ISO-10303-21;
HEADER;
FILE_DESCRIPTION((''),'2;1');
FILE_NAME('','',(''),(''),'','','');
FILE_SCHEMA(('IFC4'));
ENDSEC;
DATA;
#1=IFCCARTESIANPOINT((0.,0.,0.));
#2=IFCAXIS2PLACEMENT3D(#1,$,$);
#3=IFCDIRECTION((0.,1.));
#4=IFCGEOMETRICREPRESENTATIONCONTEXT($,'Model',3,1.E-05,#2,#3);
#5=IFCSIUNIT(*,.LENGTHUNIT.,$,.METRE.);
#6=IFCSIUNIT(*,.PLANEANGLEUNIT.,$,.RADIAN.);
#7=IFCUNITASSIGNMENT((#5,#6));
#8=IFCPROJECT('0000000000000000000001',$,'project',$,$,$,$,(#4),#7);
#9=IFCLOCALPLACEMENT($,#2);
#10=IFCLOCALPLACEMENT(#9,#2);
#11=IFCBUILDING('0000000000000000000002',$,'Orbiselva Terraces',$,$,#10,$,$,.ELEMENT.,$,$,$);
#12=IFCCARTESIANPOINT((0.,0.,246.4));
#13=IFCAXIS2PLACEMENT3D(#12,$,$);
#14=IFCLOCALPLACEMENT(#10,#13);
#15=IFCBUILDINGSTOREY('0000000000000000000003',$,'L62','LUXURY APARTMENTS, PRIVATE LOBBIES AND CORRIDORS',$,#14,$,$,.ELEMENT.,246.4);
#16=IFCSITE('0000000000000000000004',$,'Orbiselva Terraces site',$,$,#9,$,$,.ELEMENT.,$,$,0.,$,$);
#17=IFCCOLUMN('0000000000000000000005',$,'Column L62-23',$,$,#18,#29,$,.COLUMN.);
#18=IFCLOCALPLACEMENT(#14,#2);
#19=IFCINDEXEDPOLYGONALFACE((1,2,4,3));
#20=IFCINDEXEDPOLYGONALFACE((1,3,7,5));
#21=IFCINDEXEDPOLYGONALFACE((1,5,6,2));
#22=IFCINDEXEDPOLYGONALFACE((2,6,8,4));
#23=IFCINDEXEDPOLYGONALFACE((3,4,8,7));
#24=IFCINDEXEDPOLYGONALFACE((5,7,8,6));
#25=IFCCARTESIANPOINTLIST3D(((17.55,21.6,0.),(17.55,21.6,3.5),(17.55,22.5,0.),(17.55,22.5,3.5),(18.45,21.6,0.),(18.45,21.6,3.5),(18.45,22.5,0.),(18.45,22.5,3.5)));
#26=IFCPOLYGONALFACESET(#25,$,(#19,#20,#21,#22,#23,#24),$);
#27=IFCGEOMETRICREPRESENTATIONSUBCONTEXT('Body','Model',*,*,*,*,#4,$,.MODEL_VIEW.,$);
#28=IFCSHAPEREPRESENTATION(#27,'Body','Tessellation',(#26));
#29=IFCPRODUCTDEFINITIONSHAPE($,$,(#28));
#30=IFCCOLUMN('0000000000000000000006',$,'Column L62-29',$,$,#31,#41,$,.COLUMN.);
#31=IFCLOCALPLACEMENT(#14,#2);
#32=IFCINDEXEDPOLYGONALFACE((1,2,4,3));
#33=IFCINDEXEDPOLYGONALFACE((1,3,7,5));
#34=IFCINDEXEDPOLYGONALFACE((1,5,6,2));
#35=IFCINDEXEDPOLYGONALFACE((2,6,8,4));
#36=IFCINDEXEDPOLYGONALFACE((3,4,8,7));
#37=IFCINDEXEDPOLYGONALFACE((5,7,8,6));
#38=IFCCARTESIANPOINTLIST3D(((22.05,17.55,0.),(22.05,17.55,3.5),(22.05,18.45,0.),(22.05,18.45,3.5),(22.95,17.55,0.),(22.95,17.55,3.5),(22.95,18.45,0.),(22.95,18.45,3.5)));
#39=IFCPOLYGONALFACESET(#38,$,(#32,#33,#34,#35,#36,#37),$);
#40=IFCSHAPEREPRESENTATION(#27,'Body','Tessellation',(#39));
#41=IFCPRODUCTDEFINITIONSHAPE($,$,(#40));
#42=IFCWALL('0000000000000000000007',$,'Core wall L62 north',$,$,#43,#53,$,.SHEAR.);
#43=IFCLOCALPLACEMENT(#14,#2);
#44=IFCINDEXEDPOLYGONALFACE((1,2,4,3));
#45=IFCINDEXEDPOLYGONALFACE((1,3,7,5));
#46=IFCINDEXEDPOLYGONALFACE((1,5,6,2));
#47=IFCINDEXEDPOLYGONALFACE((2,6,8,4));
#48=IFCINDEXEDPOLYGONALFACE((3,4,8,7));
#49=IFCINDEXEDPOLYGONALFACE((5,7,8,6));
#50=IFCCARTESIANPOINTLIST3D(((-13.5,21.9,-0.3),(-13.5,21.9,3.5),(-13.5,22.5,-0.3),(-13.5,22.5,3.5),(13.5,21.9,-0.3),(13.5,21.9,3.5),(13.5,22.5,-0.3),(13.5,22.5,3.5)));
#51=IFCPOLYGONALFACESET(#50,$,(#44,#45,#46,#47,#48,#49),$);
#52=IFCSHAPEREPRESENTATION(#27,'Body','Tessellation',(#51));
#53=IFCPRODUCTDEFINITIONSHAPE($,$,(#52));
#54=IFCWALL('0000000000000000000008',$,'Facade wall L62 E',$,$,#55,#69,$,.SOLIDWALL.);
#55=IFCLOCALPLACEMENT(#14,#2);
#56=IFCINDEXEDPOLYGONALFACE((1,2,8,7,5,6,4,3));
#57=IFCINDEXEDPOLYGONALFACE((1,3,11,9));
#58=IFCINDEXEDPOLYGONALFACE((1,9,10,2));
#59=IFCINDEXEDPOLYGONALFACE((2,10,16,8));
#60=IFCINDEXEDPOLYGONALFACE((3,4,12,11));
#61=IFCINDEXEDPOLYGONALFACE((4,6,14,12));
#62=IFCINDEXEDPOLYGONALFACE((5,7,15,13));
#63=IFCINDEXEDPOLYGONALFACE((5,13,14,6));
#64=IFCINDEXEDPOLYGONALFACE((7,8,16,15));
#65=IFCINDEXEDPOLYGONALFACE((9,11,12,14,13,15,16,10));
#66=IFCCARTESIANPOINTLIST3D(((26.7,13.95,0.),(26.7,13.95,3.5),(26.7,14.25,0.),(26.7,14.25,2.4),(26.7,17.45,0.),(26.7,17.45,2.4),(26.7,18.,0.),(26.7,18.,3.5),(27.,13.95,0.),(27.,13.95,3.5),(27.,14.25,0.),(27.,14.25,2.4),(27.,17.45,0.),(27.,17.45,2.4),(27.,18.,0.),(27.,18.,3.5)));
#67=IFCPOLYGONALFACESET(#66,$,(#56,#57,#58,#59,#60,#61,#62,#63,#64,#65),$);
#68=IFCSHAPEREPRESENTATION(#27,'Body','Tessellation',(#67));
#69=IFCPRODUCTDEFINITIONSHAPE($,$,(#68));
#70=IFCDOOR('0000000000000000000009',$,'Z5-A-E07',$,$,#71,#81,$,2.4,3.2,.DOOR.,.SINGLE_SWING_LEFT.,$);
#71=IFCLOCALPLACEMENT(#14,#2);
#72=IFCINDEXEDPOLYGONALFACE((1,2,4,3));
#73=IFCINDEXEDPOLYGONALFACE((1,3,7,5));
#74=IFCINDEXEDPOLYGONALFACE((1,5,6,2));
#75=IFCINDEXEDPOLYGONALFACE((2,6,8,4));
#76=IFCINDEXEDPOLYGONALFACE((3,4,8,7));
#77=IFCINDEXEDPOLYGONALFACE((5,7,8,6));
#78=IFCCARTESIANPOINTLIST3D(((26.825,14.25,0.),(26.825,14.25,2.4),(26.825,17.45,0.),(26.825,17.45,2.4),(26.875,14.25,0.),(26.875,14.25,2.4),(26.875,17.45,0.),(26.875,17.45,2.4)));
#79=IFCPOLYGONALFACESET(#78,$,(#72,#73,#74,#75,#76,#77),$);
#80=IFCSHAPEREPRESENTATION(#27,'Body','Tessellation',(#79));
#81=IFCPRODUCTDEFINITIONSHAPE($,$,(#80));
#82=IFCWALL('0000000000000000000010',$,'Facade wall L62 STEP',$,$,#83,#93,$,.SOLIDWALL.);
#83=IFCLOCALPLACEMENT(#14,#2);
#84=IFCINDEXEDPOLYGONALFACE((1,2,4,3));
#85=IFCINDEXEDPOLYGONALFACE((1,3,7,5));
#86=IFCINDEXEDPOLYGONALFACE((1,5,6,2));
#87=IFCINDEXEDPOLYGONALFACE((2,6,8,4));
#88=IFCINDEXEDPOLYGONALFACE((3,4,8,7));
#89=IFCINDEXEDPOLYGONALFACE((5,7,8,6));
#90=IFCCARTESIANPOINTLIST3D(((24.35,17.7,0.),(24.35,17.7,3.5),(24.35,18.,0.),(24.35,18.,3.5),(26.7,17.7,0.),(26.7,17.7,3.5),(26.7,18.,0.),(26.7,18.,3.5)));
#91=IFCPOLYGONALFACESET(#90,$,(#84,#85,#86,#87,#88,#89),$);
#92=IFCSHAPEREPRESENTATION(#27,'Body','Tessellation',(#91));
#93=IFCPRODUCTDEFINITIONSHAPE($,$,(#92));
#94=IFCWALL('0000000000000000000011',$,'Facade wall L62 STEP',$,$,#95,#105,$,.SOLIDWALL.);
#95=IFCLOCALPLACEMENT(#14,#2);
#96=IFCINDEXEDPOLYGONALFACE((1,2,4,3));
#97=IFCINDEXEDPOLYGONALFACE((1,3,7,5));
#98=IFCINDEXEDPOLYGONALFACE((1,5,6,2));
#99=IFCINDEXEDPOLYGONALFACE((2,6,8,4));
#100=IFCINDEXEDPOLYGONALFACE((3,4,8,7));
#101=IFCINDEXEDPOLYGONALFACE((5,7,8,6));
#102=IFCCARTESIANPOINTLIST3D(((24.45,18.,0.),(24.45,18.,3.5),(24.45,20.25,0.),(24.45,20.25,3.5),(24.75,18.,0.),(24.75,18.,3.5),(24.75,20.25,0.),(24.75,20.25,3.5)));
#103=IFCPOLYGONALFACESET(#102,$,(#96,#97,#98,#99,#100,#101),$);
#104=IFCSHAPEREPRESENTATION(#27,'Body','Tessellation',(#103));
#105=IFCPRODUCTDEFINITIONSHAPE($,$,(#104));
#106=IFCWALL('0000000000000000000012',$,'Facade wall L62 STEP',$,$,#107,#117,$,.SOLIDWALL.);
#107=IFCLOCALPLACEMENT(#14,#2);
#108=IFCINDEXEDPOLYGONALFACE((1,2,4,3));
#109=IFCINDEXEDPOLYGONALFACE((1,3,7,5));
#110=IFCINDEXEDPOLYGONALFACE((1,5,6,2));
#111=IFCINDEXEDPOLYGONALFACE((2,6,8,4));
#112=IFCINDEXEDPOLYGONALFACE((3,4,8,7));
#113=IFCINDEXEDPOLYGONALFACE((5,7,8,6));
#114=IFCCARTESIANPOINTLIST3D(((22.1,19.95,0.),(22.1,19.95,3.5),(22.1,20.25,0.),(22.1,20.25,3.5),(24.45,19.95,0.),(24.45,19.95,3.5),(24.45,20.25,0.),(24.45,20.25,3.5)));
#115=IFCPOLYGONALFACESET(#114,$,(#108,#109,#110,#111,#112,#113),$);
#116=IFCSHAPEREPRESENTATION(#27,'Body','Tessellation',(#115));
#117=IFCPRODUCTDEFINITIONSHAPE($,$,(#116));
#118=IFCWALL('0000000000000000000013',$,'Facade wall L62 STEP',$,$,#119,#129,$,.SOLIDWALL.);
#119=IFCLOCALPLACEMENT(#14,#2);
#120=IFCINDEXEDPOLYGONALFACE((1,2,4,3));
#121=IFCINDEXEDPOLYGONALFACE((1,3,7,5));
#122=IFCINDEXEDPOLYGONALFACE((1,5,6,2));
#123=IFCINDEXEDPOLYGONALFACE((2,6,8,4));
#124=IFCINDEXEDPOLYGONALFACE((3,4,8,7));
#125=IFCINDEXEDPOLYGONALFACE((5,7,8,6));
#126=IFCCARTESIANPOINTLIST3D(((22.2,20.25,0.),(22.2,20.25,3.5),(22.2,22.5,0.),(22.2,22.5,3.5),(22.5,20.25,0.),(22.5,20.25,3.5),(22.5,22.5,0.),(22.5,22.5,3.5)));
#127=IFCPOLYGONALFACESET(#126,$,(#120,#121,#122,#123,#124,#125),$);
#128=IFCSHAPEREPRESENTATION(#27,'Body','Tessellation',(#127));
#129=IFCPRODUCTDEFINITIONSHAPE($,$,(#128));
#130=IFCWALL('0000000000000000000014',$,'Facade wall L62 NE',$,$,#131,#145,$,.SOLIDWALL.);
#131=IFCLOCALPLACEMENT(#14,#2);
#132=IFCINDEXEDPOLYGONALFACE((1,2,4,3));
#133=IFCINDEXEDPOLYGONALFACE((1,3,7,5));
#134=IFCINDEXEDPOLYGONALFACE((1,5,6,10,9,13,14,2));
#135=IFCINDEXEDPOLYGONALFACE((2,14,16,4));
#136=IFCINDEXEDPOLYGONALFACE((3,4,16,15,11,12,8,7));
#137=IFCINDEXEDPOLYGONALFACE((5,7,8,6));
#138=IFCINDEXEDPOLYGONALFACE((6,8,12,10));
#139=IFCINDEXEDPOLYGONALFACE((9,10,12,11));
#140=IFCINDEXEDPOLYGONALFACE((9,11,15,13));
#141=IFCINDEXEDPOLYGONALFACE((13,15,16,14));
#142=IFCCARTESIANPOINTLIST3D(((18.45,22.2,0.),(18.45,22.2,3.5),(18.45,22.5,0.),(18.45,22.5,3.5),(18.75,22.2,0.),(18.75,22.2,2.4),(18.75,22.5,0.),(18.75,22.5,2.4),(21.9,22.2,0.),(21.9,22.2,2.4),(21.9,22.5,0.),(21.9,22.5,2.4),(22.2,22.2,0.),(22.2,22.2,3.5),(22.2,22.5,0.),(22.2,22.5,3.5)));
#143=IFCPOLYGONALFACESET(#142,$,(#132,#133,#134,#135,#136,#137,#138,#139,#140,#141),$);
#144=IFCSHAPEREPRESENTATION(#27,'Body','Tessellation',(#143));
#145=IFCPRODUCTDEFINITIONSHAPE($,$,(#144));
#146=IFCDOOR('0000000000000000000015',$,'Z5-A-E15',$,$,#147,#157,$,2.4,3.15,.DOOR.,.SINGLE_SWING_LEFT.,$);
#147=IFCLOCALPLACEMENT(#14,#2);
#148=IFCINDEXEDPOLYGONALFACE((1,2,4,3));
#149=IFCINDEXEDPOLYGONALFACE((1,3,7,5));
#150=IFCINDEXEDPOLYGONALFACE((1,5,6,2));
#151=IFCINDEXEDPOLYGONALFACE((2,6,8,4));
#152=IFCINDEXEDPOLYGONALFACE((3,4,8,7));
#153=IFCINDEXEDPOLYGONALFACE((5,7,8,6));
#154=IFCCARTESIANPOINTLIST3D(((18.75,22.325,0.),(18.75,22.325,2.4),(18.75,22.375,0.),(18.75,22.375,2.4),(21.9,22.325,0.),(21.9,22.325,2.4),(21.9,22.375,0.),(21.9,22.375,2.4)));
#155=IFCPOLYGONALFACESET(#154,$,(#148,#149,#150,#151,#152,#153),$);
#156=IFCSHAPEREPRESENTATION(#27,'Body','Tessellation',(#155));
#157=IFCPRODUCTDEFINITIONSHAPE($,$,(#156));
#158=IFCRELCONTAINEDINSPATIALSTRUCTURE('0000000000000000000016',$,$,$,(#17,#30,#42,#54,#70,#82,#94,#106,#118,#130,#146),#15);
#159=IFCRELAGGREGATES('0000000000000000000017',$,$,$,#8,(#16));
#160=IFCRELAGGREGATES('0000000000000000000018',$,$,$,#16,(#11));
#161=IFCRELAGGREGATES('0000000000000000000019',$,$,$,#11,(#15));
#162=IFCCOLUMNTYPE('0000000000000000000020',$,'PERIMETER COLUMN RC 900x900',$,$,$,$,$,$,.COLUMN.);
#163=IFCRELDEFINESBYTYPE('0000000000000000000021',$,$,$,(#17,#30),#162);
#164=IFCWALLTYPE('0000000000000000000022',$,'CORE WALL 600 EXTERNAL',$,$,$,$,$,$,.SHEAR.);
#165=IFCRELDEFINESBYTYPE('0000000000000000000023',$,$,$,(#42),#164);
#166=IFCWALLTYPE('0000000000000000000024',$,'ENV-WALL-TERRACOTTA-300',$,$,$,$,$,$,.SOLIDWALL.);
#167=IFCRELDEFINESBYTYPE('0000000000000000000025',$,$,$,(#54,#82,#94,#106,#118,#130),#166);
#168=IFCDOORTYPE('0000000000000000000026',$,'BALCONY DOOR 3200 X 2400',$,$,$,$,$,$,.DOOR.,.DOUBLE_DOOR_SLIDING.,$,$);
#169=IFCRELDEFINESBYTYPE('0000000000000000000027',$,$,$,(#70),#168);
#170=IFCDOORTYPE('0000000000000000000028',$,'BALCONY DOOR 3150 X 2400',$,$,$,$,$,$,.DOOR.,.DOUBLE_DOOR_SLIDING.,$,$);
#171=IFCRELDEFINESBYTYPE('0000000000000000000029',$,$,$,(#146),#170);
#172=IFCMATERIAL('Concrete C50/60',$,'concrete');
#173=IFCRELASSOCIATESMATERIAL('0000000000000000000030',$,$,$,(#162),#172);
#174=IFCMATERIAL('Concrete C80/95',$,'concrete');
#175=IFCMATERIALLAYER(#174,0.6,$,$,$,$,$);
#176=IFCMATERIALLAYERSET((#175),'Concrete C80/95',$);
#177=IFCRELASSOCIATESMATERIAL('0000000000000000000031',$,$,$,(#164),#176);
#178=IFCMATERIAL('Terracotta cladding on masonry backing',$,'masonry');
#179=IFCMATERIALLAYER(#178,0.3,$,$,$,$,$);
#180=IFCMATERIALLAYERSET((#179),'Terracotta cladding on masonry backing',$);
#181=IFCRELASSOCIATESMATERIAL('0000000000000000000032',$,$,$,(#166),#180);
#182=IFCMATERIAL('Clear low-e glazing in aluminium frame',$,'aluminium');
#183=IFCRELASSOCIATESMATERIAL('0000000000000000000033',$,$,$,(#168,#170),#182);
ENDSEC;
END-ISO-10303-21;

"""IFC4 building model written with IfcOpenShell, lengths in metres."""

from ifc_helpers import new_model, si_unit, direction, frame, frame_2d, origin, origin_2d, place, context, subcontext, project, spatial, rectangle, extrude, material, layer, layer_set, material_profile, profile_set, type_object, element, fill, save


model = new_model("IFC4")

# Units and contexts
model_context = context("Model", 3, precision=1e-05, world=origin(), true_north=direction((0.0, 1.0)))
body_context = subcontext(model_context, "Body", "Model", "MODEL_VIEW")
ifc_project = project(units=[si_unit("LENGTHUNIT", "METRE"), si_unit("PLANEANGLEUNIT", "RADIAN")], contexts=[model_context])

# Site, building, storey
site_placement = place(None, origin())
site = spatial("IfcSite", under=ifc_project, at=site_placement, Name="Orbiselva Terraces site", CompositionType="ELEMENT", RefElevation=0.0)
building_placement = place(site_placement, origin())
building = spatial("IfcBuilding", under=site, at=building_placement, Name="Orbiselva Terraces", CompositionType="ELEMENT")
storey_placement = place(building_placement, frame((0.0, 0.0, 246.4)))
storey = spatial("IfcBuildingStorey", under=building, at=storey_placement, Name="L62", Description="LUXURY APARTMENTS, PRIVATE LOBBIES AND CORRIDORS", CompositionType="ELEMENT", Elevation=246.4)

# Columns
ifc_material_1 = material(Name="Concrete C50/60", Category="concrete")
ifc_material_profile = material_profile(ifc_material_1, rectangle(XDim=0.9, YDim=0.9, at=origin_2d()), Name="RC 900x900")
ifc_profile_set = profile_set([ifc_material_profile], Name="Concrete C50/60")
column_type = type_object("IfcColumnType", Name="PERIMETER COLUMN RC 900x900", PredefinedType="COLUMN", material=ifc_profile_set)
for number, where, z_axis, x_axis, name in (
    (1, (18.0, 22.05, 0.0), (0.0, 0.0, 1.0), (1.0, 0.0, 0.0), "Column L62-23"),
    (2, (22.5, 18.0, 0.0), (0.0, 0.0, 1.0), (1.0, 0.0, 0.0), "Column L62-29"),
):
    element("IfcColumn", number, at=place(storey_placement, frame(where, z_axis=z_axis, x_axis=x_axis)), inside=storey, type_object=column_type, Name=name, PredefinedType="COLUMN", context=body_context, shape_type="SweptSolid", body=[
        extrude(rectangle(XDim=0.9, YDim=0.9, at=origin_2d()), origin(), (0.0, 0.0, 1.0), 3.5),
    ])

# Wall
ifc_material_2 = material(Name="Concrete C80/95", Category="concrete")
ifc_layer_1 = layer(ifc_material_2, 0.6)
ifc_layer_set_1 = layer_set([ifc_layer_1], Name="Concrete C80/95")
wall_type_1 = type_object("IfcWallType", Name="CORE WALL 600 EXTERNAL", PredefinedType="SHEAR", material=ifc_layer_set_1)
wall_1_placement = place(storey_placement, frame((13.5, 22.2, -0.3), z_axis=(0.0, 0.0, 1.0), x_axis=(-1.0, 0.0, 0.0)))
element("IfcWall", 3, at=wall_1_placement, inside=storey, type_object=wall_type_1, Name="Core wall L62 north", PredefinedType="SHEAR", context=body_context, shape_type="SweptSolid", body=[
    extrude(rectangle(XDim=27.0, YDim=0.6, at=frame_2d((13.5, 0.0))), origin(), (0.0, 0.0, 1.0), 3.8),
])

# Wall, opening, door
ifc_material_3 = material(Name="Terracotta cladding on masonry backing", Category="masonry")
ifc_layer_2 = layer(ifc_material_3, 0.3)
ifc_layer_set_2 = layer_set([ifc_layer_2], Name="Terracotta cladding on masonry backing")
wall_type_2 = type_object("IfcWallType", Name="ENV-WALL-TERRACOTTA-300", PredefinedType="SOLIDWALL", material=ifc_layer_set_2)
wall_2_placement = place(storey_placement, frame((26.85, 18.0, 0.0), z_axis=(0.0, 0.0, 1.0), x_axis=(0.0, -1.0, 0.0)))
wall_2 = element("IfcWall", 4, at=wall_2_placement, inside=storey, type_object=wall_type_2, Name="Facade wall L62 E", PredefinedType="SOLIDWALL", context=body_context, shape_type="SweptSolid", body=[
    extrude(rectangle(XDim=4.05, YDim=0.3, at=frame_2d((2.025, 0.0))), origin(), (0.0, 0.0, 1.0), 3.5),
])
opening_1_placement = place(wall_2_placement, frame((0.55, 0.0, 0.0)))
opening_1 = element("IfcOpeningElement", 5, at=opening_1_placement, cuts=wall_2, PredefinedType="OPENING", context=body_context, shape_type="SweptSolid", body=[
    extrude(rectangle(XDim=3.2, YDim=2.4, at=frame_2d((1.6, 1.2))), frame((0.0, 0.16, 0.0), z_axis=(0.0, -1.0, 0.0), x_axis=(1.0, 0.0, 0.0)), (0.0, 0.0, 1.0), 0.32),
])
ifc_material_4 = material(Name="Clear low-e glazing in aluminium frame", Category="aluminium")
door_type_1 = type_object("IfcDoorType", Name="BALCONY DOOR 3200 X 2400", OperationType="DOUBLE_DOOR_SLIDING", PredefinedType="DOOR", material=ifc_material_4)
door_1_placement = place(opening_1_placement, origin())
door_1 = element("IfcDoor", 6, at=door_1_placement, inside=storey, type_object=door_type_1, Name="Z5-A-E07", OperationType="SINGLE_SWING_LEFT", OverallHeight=2.4, OverallWidth=3.2, PredefinedType="DOOR", context=body_context, shape_type="SweptSolid", body=[
    extrude(rectangle(XDim=3.2, YDim=2.4, at=frame_2d((1.6, 1.2))), frame((0.0, 0.025, 0.0), z_axis=(0.0, -1.0, 0.0), x_axis=(1.0, 0.0, 0.0)), (0.0, 0.0, 1.0), 0.05),
])
fill(opening_1, door_1)

# Walls
wall_3_placement = place(storey_placement, frame((24.35, 17.85, 0.0), z_axis=(0.0, 0.0, 1.0), x_axis=(1.0, 0.0, 0.0)))
element("IfcWall", 7, at=wall_3_placement, inside=storey, type_object=wall_type_2, Name="Facade wall L62 STEP", PredefinedType="SOLIDWALL", context=body_context, shape_type="SweptSolid", body=[
    extrude(rectangle(XDim=2.35, YDim=0.3, at=frame_2d((1.175, 0.0))), origin(), (0.0, 0.0, 1.0), 3.5),
])
wall_4_placement = place(storey_placement, frame((24.6, 20.25, 0.0), z_axis=(0.0, 0.0, 1.0), x_axis=(0.0, -1.0, 0.0)))
element("IfcWall", 8, at=wall_4_placement, inside=storey, type_object=wall_type_2, Name="Facade wall L62 STEP", PredefinedType="SOLIDWALL", context=body_context, shape_type="SweptSolid", body=[
    extrude(rectangle(XDim=2.25, YDim=0.3, at=frame_2d((1.125, 0.0))), origin(), (0.0, 0.0, 1.0), 3.5),
])
wall_5_placement = place(storey_placement, frame((22.1, 20.1, 0.0), z_axis=(0.0, 0.0, 1.0), x_axis=(1.0, 0.0, 0.0)))
element("IfcWall", 9, at=wall_5_placement, inside=storey, type_object=wall_type_2, Name="Facade wall L62 STEP", PredefinedType="SOLIDWALL", context=body_context, shape_type="SweptSolid", body=[
    extrude(rectangle(XDim=2.35, YDim=0.3, at=frame_2d((1.175, 0.0))), origin(), (0.0, 0.0, 1.0), 3.5),
])
wall_6_placement = place(storey_placement, frame((22.35, 22.5, 0.0), z_axis=(0.0, 0.0, 1.0), x_axis=(0.0, -1.0, 0.0)))
element("IfcWall", 10, at=wall_6_placement, inside=storey, type_object=wall_type_2, Name="Facade wall L62 STEP", PredefinedType="SOLIDWALL", context=body_context, shape_type="SweptSolid", body=[
    extrude(rectangle(XDim=2.25, YDim=0.3, at=frame_2d((1.125, 0.0))), origin(), (0.0, 0.0, 1.0), 3.5),
])

# Wall, opening, door
wall_7_placement = place(storey_placement, frame((18.45, 22.35, 0.0), z_axis=(0.0, 0.0, 1.0), x_axis=(1.0, 0.0, 0.0)))
wall_7 = element("IfcWall", 11, at=wall_7_placement, inside=storey, type_object=wall_type_2, Name="Facade wall L62 NE", PredefinedType="SOLIDWALL", context=body_context, shape_type="SweptSolid", body=[
    extrude(rectangle(XDim=3.75, YDim=0.3, at=frame_2d((1.875, 0.0))), origin(), (0.0, 0.0, 1.0), 3.5),
])
opening_2_placement = place(wall_7_placement, frame((0.3, 0.0, 0.0)))
opening_2 = element("IfcOpeningElement", 12, at=opening_2_placement, cuts=wall_7, PredefinedType="OPENING", context=body_context, shape_type="SweptSolid", body=[
    extrude(rectangle(XDim=3.15, YDim=2.4, at=frame_2d((1.575, 1.2))), frame((0.0, 0.16, 0.0), z_axis=(0.0, -1.0, 0.0), x_axis=(1.0, 0.0, 0.0)), (0.0, 0.0, 1.0), 0.32),
])
door_type_2 = type_object("IfcDoorType", Name="BALCONY DOOR 3150 X 2400", OperationType="DOUBLE_DOOR_SLIDING", PredefinedType="DOOR", material=ifc_material_4)
door_2_placement = place(opening_2_placement, origin())
door_2 = element("IfcDoor", 13, at=door_2_placement, inside=storey, type_object=door_type_2, Name="Z5-A-E15", OperationType="SINGLE_SWING_LEFT", OverallHeight=2.4, OverallWidth=3.15, PredefinedType="DOOR", context=body_context, shape_type="SweptSolid", body=[
    extrude(rectangle(XDim=3.15, YDim=2.4, at=frame_2d((1.575, 1.2))), frame((0.0, 0.025, 0.0), z_axis=(0.0, -1.0, 0.0), x_axis=(1.0, 0.0, 0.0)), (0.0, 0.0, 1.0), 0.05),
])
fill(opening_2, door_2)

save(model, "model.ifc")
